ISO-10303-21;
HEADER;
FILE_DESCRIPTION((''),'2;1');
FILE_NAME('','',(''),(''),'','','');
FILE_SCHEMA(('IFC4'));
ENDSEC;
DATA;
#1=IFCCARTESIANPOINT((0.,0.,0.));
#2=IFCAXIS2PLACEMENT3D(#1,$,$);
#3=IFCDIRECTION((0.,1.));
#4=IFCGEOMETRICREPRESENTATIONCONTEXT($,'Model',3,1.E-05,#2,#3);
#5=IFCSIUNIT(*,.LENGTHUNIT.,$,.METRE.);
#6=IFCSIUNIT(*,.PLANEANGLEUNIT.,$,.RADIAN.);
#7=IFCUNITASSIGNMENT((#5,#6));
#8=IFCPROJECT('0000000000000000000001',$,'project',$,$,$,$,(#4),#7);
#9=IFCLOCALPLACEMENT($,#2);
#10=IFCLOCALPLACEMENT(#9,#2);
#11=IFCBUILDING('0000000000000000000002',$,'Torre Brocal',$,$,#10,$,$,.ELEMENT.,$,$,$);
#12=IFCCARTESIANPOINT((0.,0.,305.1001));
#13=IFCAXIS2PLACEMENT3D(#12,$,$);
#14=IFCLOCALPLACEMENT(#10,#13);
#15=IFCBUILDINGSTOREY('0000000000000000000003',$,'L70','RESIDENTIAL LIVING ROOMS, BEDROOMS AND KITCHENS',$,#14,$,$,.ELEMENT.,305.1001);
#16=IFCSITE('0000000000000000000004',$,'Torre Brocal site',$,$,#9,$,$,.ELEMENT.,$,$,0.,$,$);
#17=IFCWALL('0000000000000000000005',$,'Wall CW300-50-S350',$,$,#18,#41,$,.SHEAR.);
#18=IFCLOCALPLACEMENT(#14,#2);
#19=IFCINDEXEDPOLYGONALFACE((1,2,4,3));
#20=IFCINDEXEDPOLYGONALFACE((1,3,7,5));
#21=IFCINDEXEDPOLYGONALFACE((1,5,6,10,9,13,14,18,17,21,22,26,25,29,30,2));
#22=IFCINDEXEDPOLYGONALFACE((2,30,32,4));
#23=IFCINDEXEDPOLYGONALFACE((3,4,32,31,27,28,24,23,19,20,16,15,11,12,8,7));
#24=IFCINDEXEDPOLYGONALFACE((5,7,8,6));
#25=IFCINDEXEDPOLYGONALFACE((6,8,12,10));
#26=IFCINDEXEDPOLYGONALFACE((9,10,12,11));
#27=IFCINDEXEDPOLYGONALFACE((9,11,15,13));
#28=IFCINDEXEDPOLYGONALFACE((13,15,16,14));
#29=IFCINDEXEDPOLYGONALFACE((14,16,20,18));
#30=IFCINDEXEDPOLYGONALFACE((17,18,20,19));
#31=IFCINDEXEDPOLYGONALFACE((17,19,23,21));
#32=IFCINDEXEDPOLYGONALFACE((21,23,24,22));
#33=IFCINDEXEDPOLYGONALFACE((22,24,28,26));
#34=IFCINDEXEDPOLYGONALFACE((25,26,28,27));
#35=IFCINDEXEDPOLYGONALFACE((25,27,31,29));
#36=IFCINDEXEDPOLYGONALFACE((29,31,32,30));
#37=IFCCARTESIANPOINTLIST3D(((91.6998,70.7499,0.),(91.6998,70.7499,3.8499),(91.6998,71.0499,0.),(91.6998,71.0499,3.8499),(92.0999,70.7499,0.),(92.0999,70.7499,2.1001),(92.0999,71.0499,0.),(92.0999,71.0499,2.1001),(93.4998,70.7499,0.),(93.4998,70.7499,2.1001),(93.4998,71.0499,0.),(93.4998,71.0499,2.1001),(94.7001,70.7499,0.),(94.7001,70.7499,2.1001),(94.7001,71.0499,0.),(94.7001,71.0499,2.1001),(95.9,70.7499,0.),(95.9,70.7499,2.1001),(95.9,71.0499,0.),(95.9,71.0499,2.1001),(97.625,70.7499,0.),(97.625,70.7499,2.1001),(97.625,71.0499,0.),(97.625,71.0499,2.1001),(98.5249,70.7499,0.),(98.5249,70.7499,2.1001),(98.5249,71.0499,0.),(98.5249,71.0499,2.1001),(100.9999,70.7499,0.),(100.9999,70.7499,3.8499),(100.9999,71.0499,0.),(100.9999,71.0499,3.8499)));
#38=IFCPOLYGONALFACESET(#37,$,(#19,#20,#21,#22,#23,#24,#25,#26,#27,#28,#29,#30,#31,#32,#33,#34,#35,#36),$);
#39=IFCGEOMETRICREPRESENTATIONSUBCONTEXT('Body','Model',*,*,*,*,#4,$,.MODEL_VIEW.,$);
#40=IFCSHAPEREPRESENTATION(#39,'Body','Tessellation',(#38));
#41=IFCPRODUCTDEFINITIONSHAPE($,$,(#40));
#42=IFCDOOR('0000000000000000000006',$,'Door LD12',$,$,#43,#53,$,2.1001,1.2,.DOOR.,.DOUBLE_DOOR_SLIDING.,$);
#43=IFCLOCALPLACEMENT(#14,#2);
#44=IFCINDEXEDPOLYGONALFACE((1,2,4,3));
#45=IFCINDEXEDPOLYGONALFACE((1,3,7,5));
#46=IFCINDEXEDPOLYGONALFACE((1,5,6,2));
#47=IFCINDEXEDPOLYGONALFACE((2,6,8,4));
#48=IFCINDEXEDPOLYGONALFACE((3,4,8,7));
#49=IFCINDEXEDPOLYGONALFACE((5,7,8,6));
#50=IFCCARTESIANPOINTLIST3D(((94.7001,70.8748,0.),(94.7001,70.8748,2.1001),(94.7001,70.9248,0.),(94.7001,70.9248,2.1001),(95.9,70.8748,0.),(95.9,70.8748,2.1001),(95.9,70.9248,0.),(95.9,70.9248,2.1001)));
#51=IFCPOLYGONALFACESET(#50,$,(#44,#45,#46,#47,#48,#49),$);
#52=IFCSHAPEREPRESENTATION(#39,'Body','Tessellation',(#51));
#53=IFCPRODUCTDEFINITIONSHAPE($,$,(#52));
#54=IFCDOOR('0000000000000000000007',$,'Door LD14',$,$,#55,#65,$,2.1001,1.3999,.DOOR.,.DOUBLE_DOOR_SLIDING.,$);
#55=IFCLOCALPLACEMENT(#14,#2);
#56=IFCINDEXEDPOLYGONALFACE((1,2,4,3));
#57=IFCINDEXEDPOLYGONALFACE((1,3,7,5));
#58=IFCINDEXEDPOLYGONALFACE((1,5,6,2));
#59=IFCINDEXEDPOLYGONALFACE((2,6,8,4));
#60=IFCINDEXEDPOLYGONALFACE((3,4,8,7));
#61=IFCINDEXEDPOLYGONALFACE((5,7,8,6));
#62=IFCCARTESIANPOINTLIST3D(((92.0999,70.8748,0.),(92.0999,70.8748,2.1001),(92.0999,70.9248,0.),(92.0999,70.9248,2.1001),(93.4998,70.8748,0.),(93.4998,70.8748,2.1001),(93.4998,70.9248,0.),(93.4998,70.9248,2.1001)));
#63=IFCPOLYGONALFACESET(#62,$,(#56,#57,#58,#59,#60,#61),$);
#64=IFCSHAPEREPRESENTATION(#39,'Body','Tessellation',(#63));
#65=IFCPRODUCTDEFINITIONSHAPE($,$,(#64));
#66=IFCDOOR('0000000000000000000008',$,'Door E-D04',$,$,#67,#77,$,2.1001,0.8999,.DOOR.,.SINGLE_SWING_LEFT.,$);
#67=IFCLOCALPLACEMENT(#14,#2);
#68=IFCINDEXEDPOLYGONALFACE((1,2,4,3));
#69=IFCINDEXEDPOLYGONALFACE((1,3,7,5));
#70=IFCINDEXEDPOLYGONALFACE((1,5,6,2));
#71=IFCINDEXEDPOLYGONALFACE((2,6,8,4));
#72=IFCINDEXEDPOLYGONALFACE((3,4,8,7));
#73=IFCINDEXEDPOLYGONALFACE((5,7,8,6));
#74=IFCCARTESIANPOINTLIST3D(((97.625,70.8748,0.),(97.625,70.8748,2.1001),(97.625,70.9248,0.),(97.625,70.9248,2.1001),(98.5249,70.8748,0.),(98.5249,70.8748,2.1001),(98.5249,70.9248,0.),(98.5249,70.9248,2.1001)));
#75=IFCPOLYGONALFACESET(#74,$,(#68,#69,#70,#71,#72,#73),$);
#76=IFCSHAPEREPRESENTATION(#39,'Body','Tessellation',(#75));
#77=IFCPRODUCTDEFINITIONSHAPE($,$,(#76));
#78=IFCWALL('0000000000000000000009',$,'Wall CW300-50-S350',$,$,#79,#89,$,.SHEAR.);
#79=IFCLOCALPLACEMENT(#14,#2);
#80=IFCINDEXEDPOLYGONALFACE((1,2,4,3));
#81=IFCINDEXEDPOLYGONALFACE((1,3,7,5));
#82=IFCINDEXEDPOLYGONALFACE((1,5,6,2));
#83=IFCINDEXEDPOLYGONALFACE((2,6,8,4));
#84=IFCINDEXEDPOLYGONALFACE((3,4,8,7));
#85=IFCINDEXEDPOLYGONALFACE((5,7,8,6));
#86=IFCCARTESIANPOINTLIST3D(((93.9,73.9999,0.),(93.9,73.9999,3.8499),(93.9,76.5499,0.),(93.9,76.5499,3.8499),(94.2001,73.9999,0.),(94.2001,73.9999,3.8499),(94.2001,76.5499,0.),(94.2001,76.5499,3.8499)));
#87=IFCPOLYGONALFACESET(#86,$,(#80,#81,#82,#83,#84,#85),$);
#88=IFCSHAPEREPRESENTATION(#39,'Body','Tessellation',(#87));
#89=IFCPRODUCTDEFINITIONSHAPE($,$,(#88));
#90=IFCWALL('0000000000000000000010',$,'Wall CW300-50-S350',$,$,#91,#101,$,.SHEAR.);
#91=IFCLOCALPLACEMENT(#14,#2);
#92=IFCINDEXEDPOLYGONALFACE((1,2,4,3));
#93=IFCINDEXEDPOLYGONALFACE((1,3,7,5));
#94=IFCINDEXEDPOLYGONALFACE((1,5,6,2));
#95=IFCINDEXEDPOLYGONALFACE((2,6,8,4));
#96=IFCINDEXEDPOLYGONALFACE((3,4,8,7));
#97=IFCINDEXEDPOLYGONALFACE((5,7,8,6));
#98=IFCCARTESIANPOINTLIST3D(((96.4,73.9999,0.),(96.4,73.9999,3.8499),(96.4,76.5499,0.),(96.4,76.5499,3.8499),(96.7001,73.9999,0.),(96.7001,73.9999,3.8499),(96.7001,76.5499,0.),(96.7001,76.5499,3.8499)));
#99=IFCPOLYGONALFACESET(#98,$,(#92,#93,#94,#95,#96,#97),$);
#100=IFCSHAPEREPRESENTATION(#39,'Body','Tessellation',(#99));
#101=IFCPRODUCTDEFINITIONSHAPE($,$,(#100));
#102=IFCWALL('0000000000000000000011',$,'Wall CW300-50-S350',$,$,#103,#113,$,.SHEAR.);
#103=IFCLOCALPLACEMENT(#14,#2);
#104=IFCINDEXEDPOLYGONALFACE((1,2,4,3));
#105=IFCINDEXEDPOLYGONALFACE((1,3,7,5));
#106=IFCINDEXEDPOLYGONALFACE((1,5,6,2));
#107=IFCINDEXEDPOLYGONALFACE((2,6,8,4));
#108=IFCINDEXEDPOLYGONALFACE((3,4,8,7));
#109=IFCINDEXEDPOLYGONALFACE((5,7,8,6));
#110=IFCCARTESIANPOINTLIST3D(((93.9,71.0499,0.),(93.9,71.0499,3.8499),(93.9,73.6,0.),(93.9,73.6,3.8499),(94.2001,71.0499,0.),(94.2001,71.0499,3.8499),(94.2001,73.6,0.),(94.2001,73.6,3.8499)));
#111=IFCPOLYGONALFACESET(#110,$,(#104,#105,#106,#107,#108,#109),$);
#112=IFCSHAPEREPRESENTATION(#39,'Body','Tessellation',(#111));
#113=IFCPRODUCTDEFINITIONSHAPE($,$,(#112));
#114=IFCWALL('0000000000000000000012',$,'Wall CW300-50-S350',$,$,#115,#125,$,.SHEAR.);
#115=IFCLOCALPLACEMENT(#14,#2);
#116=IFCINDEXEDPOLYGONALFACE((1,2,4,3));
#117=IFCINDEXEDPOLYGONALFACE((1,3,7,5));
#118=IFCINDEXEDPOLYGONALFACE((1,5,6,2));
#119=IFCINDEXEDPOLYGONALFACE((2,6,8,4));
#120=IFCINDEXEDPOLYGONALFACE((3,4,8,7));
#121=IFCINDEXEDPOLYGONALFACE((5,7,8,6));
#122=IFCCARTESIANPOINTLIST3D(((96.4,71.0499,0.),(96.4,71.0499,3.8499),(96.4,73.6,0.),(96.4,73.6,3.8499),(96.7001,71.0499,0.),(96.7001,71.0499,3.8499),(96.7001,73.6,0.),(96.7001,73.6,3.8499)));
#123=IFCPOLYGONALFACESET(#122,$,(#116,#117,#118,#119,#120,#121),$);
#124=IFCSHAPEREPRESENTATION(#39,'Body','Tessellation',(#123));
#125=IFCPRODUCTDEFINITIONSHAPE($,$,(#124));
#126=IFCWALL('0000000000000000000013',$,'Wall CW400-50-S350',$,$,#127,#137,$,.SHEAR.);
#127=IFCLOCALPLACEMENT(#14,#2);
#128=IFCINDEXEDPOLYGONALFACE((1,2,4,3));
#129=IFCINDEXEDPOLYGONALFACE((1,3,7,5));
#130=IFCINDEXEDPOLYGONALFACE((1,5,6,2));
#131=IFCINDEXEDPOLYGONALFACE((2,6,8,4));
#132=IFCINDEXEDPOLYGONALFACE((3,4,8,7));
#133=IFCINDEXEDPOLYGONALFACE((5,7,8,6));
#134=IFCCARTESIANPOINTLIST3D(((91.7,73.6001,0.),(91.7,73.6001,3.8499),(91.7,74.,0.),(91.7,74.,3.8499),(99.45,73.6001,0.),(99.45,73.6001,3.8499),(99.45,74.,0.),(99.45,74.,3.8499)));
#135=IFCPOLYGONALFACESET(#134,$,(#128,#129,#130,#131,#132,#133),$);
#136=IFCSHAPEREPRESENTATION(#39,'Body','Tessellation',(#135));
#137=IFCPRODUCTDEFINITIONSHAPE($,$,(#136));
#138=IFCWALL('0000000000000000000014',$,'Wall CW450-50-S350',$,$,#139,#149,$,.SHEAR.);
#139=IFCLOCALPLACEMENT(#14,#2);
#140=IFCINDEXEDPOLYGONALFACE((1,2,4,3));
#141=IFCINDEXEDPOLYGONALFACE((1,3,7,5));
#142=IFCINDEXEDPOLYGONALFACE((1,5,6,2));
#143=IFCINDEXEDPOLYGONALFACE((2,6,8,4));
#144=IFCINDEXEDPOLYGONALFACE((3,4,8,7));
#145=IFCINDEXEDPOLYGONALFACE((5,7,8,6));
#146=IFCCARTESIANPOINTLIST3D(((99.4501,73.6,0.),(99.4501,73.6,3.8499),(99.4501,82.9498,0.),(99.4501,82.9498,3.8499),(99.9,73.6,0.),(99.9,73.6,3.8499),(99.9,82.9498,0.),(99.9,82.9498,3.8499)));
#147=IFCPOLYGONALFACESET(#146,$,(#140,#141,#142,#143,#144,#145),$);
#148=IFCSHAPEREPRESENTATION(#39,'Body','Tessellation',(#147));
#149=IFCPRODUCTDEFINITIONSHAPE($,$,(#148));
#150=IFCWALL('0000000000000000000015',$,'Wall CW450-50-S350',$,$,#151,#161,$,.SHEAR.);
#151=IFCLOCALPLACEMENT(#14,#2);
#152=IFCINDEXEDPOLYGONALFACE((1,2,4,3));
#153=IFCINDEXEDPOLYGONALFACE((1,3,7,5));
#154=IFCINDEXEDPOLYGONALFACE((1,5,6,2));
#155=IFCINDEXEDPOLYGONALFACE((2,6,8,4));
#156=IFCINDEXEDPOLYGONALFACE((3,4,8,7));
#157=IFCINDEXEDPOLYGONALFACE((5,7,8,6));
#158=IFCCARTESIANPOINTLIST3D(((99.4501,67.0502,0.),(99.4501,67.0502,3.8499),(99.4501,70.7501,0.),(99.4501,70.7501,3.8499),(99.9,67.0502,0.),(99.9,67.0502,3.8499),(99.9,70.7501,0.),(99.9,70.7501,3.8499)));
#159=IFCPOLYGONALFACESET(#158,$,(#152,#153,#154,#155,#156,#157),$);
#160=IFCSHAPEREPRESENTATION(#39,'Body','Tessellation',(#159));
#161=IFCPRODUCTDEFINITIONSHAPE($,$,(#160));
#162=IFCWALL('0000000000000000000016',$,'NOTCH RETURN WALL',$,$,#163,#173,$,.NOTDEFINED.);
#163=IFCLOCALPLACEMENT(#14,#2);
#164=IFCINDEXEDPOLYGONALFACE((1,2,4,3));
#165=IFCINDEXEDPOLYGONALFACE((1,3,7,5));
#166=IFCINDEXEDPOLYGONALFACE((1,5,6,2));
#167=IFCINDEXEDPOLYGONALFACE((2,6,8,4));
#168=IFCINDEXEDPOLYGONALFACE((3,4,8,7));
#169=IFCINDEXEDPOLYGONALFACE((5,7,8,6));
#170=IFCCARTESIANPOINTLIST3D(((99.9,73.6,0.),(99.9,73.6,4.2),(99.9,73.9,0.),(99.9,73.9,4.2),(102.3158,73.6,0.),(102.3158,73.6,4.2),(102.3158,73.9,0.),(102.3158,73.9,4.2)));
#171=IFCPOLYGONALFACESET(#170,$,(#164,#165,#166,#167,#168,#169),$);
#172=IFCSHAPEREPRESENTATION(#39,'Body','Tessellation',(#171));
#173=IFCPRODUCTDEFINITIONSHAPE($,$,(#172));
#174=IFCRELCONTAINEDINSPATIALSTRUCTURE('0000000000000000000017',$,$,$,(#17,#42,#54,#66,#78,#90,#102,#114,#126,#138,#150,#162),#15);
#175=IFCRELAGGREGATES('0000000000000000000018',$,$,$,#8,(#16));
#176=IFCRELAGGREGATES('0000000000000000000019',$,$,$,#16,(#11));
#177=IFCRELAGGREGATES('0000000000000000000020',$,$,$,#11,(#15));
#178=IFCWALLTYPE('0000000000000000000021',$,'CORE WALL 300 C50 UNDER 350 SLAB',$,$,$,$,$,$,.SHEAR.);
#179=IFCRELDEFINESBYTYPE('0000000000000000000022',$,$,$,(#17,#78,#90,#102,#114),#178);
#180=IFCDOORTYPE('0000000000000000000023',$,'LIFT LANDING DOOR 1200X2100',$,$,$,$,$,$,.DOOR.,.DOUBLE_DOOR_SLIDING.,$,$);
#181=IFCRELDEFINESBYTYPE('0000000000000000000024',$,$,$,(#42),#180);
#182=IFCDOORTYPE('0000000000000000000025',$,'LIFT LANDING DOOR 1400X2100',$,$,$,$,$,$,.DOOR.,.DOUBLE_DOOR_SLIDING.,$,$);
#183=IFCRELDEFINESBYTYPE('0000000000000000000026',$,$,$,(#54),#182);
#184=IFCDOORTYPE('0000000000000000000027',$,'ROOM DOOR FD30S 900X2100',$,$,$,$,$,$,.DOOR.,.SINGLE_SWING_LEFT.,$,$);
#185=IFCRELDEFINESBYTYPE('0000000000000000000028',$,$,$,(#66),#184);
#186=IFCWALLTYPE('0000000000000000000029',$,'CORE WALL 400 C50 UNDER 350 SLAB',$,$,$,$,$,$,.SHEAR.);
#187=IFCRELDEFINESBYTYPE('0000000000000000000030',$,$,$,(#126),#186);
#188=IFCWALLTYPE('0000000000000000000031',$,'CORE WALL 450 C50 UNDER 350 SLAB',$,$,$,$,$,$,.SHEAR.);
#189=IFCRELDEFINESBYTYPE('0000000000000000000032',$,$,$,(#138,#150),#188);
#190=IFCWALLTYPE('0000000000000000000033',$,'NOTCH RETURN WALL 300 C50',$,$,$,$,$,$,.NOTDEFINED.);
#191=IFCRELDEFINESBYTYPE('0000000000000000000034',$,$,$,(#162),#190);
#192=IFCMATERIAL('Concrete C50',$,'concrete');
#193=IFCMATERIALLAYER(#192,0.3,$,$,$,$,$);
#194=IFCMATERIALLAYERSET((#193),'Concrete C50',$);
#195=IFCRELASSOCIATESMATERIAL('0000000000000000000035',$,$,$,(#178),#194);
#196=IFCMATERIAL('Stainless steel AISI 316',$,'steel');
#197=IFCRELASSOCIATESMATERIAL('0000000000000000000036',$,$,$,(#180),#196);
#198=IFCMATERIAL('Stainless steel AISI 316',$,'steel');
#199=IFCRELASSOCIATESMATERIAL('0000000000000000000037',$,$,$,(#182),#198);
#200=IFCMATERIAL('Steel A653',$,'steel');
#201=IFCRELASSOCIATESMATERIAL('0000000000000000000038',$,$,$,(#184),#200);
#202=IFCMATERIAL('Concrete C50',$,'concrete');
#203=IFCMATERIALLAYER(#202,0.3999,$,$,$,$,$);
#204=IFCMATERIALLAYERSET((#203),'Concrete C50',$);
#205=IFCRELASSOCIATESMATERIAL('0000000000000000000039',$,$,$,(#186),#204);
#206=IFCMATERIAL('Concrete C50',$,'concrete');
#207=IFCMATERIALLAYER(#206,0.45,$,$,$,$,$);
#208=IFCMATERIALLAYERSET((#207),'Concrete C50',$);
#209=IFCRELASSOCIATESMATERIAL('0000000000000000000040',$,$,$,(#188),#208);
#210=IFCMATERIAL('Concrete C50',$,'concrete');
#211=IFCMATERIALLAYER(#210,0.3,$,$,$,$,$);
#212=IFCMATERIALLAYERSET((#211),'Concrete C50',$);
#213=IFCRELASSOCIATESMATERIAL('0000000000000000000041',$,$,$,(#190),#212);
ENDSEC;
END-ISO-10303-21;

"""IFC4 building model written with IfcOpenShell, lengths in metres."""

from ifc_helpers import new_model, si_unit, direction, frame, frame_2d, origin, place, context, subcontext, project, spatial, rectangle, extrude, material, layer, layer_set, type_object, element, fill, save


model = new_model("IFC4")

# Units and contexts
model_context = context("Model", 3, precision=1e-05, world=origin(), true_north=direction((0.0, 1.0)))
body_context = subcontext(model_context, "Body", "Model", "MODEL_VIEW")
ifc_project = project(units=[si_unit("LENGTHUNIT", "METRE"), si_unit("PLANEANGLEUNIT", "RADIAN")], contexts=[model_context])

# Site, building, storey
site_placement = place(None, origin())
site = spatial("IfcSite", under=ifc_project, at=site_placement, Name="Torre Brocal site", CompositionType="ELEMENT", RefElevation=0.0)
building_placement = place(site_placement, origin())
building = spatial("IfcBuilding", under=site, at=building_placement, Name="Torre Brocal", CompositionType="ELEMENT")
storey_placement = place(building_placement, frame((0.0, 0.0, 305.1001)))
storey = spatial("IfcBuildingStorey", under=building, at=storey_placement, Name="L70", Description="RESIDENTIAL LIVING ROOMS, BEDROOMS AND KITCHENS", CompositionType="ELEMENT", Elevation=305.1001)

# Shared definitions
ifc_material_1 = material(Name="Concrete C50", Category="concrete")
ifc_layer_1 = layer(ifc_material_1, 0.3)
ifc_layer_set_1 = layer_set([ifc_layer_1], Name="Concrete C50")
wall_type_1 = type_object("IfcWallType", Name="CORE WALL 300 C50 UNDER 350 SLAB", PredefinedType="SHEAR", material=ifc_layer_set_1)

# Wall, openings, doors
wall_1_placement = place(storey_placement, frame((91.7, 70.8999, 0.0), z_axis=(0.0, 0.0, 1.0), x_axis=(1.0, 0.0, 0.0)))
wall_1 = element("IfcWall", 1, at=wall_1_placement, inside=storey, type_object=wall_type_1, Name="Wall CW300-50-S350", PredefinedType="SHEAR", context=body_context, shape_type="SweptSolid", body=[
    extrude(rectangle(XDim=9.3, YDim=0.3, at=frame_2d((4.6499, 0.0))), origin(), (0.0, 0.0, 1.0), 3.8499),
])
opening_1_placement = place(wall_1_placement, frame((0.3999, 0.0, 0.0)))
opening_1 = element("IfcOpeningElement", 2, at=opening_1_placement, cuts=wall_1, PredefinedType="OPENING", context=body_context, shape_type="SweptSolid", body=[
    extrude(rectangle(XDim=1.3999, YDim=2.1001, at=frame_2d((0.7, 1.05))), frame((0.0, 0.1599, 0.0), z_axis=(0.0, -1.0, 0.0), x_axis=(1.0, 0.0, 0.0)), (0.0, 0.0, 1.0), 0.3201),
])
opening_2_placement = place(wall_1_placement, frame((3.0, 0.0, 0.0)))
opening_2 = element("IfcOpeningElement", 3, at=opening_2_placement, cuts=wall_1, PredefinedType="OPENING", context=body_context, shape_type="SweptSolid", body=[
    extrude(rectangle(XDim=1.2, YDim=2.1001, at=frame_2d((0.6001, 1.05))), frame((0.0, 0.1599, 0.0), z_axis=(0.0, -1.0, 0.0), x_axis=(1.0, 0.0, 0.0)), (0.0, 0.0, 1.0), 0.3201),
])
opening_3_placement = place(wall_1_placement, frame((5.925, 0.0, 0.0)))
opening_3 = element("IfcOpeningElement", 4, at=opening_3_placement, cuts=wall_1, PredefinedType="OPENING", context=body_context, shape_type="SweptSolid", body=[
    extrude(rectangle(XDim=0.8999, YDim=2.1001, at=frame_2d((0.45, 1.05))), frame((0.0, 0.1599, 0.0), z_axis=(0.0, -1.0, 0.0), x_axis=(1.0, 0.0, 0.0)), (0.0, 0.0, 1.0), 0.3201),
])
ifc_material_2 = material(Name="Stainless steel AISI 316", Category="steel")
door_type_1 = type_object("IfcDoorType", Name="LIFT LANDING DOOR 1200X2100", OperationType="DOUBLE_DOOR_SLIDING", PredefinedType="DOOR", material=ifc_material_2)
door_1_placement = place(opening_2_placement, origin())
door_1 = element("IfcDoor", 5, at=door_1_placement, inside=storey, type_object=door_type_1, Name="Door LD12", OperationType="DOUBLE_DOOR_SLIDING", OverallHeight=2.1001, OverallWidth=1.2, PredefinedType="DOOR", context=body_context, shape_type="SweptSolid", body=[
    extrude(rectangle(XDim=1.2, YDim=2.1001, at=frame_2d((0.6001, 1.05))), frame((0.0, 0.0249, 0.0), z_axis=(0.0, -1.0, 0.0), x_axis=(1.0, 0.0, 0.0)), (0.0, 0.0, 1.0), 0.05),
])
fill(opening_2, door_1)
ifc_material_3 = material(Name="Stainless steel AISI 316", Category="steel")
door_type_2 = type_object("IfcDoorType", Name="LIFT LANDING DOOR 1400X2100", OperationType="DOUBLE_DOOR_SLIDING", PredefinedType="DOOR", material=ifc_material_3)
door_2_placement = place(opening_1_placement, origin())
door_2 = element("IfcDoor", 6, at=door_2_placement, inside=storey, type_object=door_type_2, Name="Door LD14", OperationType="DOUBLE_DOOR_SLIDING", OverallHeight=2.1001, OverallWidth=1.3999, PredefinedType="DOOR", context=body_context, shape_type="SweptSolid", body=[
    extrude(rectangle(XDim=1.3999, YDim=2.1001, at=frame_2d((0.7, 1.05))), frame((0.0, 0.0249, 0.0), z_axis=(0.0, -1.0, 0.0), x_axis=(1.0, 0.0, 0.0)), (0.0, 0.0, 1.0), 0.05),
])
fill(opening_1, door_2)
ifc_material_4 = material(Name="Steel A653", Category="steel")
door_type_3 = type_object("IfcDoorType", Name="ROOM DOOR FD30S 900X2100", OperationType="SINGLE_SWING_LEFT", PredefinedType="DOOR", material=ifc_material_4)
door_3_placement = place(opening_3_placement, origin())
door_3 = element("IfcDoor", 7, at=door_3_placement, inside=storey, type_object=door_type_3, Name="Door E-D04", OperationType="SINGLE_SWING_LEFT", OverallHeight=2.1001, OverallWidth=0.8999, PredefinedType="DOOR", context=body_context, shape_type="SweptSolid", body=[
    extrude(rectangle(XDim=0.8999, YDim=2.1001, at=frame_2d((0.45, 1.05))), frame((0.0, 0.0249, 0.0), z_axis=(0.0, -1.0, 0.0), x_axis=(1.0, 0.0, 0.0)), (0.0, 0.0, 1.0), 0.05),
])
fill(opening_3, door_3)

# Walls
for number, where, z_axis, x_axis, name in (
    (8, (94.05, 74.0, 0.0), (0.0, 0.0, 1.0), (0.0, 1.0, 0.0), "Wall CW300-50-S350"),
    (9, (96.55, 74.0, 0.0), (0.0, 0.0, 1.0), (0.0, 1.0, 0.0), "Wall CW300-50-S350"),
    (10, (94.05, 71.05, 0.0), (0.0, 0.0, 1.0), (0.0, 1.0, 0.0), "Wall CW300-50-S350"),
    (11, (96.55, 71.05, 0.0), (0.0, 0.0, 1.0), (0.0, 1.0, 0.0), "Wall CW300-50-S350"),
):
    element("IfcWall", number, at=place(storey_placement, frame(where, z_axis=z_axis, x_axis=x_axis)), inside=storey, type_object=wall_type_1, Name=name, PredefinedType="SHEAR", context=body_context, shape_type="SweptSolid", body=[
        extrude(rectangle(XDim=2.55, YDim=0.3, at=frame_2d((1.2749, 0.0))), origin(), (0.0, 0.0, 1.0), 3.8499),
    ])
ifc_material_5 = material(Name="Concrete C50", Category="concrete")
ifc_layer_2 = layer(ifc_material_5, 0.3999)
ifc_layer_set_2 = layer_set([ifc_layer_2], Name="Concrete C50")
wall_type_2 = type_object("IfcWallType", Name="CORE WALL 400 C50 UNDER 350 SLAB", PredefinedType="SHEAR", material=ifc_layer_set_2)
wall_2_placement = place(storey_placement, frame((91.7, 73.8, 0.0), z_axis=(0.0, 0.0, 1.0), x_axis=(1.0, 0.0, 0.0)))
element("IfcWall", 12, at=wall_2_placement, inside=storey, type_object=wall_type_2, Name="Wall CW400-50-S350", PredefinedType="SHEAR", context=body_context, shape_type="SweptSolid", body=[
    extrude(rectangle(XDim=7.75, YDim=0.3999, at=frame_2d((3.875, 0.0))), origin(), (0.0, 0.0, 1.0), 3.8499),
])
ifc_material_6 = material(Name="Concrete C50", Category="concrete")
ifc_layer_3 = layer(ifc_material_6, 0.45)
ifc_layer_set_3 = layer_set([ifc_layer_3], Name="Concrete C50")
wall_type_3 = type_object("IfcWallType", Name="CORE WALL 450 C50 UNDER 350 SLAB", PredefinedType="SHEAR", material=ifc_layer_set_3)
wall_3_placement = place(storey_placement, frame((99.675, 73.6001, 0.0), z_axis=(0.0, 0.0, 1.0), x_axis=(0.0, 1.0, 0.0)))
element("IfcWall", 13, at=wall_3_placement, inside=storey, type_object=wall_type_3, Name="Wall CW450-50-S350", PredefinedType="SHEAR", context=body_context, shape_type="SweptSolid", body=[
    extrude(rectangle(XDim=9.3499, YDim=0.45, at=frame_2d((4.6748, 0.0))), origin(), (0.0, 0.0, 1.0), 3.8499),
])
wall_4_placement = place(storey_placement, frame((99.675, 67.05, 0.0), z_axis=(0.0, 0.0, 1.0), x_axis=(0.0, 1.0, 0.0)))
element("IfcWall", 14, at=wall_4_placement, inside=storey, type_object=wall_type_3, Name="Wall CW450-50-S350", PredefinedType="SHEAR", context=body_context, shape_type="SweptSolid", body=[
    extrude(rectangle(XDim=3.7, YDim=0.45, at=frame_2d((1.8501, 0.0))), origin(), (0.0, 0.0, 1.0), 3.8499),
])
ifc_material_7 = material(Name="Concrete C50", Category="concrete")
ifc_layer_4 = layer(ifc_material_7, 0.3)
ifc_layer_set_4 = layer_set([ifc_layer_4], Name="Concrete C50")
wall_type_4 = type_object("IfcWallType", Name="NOTCH RETURN WALL 300 C50", PredefinedType="NOTDEFINED", material=ifc_layer_set_4)
wall_5_placement = place(storey_placement, frame((99.8999, 73.75, 0.0), z_axis=(0.0, 0.0, 1.0), x_axis=(1.0, 0.0, 0.0)))
element("IfcWall", 15, at=wall_5_placement, inside=storey, type_object=wall_type_4, Name="NOTCH RETURN WALL", PredefinedType="NOTDEFINED", context=body_context, shape_type="SweptSolid", body=[
    extrude(rectangle(XDim=2.4158, YDim=0.3, at=frame_2d((1.208, 0.0))), origin(), (0.0, 0.0, 1.0), 4.2),
])

save(model, "model.ifc")
